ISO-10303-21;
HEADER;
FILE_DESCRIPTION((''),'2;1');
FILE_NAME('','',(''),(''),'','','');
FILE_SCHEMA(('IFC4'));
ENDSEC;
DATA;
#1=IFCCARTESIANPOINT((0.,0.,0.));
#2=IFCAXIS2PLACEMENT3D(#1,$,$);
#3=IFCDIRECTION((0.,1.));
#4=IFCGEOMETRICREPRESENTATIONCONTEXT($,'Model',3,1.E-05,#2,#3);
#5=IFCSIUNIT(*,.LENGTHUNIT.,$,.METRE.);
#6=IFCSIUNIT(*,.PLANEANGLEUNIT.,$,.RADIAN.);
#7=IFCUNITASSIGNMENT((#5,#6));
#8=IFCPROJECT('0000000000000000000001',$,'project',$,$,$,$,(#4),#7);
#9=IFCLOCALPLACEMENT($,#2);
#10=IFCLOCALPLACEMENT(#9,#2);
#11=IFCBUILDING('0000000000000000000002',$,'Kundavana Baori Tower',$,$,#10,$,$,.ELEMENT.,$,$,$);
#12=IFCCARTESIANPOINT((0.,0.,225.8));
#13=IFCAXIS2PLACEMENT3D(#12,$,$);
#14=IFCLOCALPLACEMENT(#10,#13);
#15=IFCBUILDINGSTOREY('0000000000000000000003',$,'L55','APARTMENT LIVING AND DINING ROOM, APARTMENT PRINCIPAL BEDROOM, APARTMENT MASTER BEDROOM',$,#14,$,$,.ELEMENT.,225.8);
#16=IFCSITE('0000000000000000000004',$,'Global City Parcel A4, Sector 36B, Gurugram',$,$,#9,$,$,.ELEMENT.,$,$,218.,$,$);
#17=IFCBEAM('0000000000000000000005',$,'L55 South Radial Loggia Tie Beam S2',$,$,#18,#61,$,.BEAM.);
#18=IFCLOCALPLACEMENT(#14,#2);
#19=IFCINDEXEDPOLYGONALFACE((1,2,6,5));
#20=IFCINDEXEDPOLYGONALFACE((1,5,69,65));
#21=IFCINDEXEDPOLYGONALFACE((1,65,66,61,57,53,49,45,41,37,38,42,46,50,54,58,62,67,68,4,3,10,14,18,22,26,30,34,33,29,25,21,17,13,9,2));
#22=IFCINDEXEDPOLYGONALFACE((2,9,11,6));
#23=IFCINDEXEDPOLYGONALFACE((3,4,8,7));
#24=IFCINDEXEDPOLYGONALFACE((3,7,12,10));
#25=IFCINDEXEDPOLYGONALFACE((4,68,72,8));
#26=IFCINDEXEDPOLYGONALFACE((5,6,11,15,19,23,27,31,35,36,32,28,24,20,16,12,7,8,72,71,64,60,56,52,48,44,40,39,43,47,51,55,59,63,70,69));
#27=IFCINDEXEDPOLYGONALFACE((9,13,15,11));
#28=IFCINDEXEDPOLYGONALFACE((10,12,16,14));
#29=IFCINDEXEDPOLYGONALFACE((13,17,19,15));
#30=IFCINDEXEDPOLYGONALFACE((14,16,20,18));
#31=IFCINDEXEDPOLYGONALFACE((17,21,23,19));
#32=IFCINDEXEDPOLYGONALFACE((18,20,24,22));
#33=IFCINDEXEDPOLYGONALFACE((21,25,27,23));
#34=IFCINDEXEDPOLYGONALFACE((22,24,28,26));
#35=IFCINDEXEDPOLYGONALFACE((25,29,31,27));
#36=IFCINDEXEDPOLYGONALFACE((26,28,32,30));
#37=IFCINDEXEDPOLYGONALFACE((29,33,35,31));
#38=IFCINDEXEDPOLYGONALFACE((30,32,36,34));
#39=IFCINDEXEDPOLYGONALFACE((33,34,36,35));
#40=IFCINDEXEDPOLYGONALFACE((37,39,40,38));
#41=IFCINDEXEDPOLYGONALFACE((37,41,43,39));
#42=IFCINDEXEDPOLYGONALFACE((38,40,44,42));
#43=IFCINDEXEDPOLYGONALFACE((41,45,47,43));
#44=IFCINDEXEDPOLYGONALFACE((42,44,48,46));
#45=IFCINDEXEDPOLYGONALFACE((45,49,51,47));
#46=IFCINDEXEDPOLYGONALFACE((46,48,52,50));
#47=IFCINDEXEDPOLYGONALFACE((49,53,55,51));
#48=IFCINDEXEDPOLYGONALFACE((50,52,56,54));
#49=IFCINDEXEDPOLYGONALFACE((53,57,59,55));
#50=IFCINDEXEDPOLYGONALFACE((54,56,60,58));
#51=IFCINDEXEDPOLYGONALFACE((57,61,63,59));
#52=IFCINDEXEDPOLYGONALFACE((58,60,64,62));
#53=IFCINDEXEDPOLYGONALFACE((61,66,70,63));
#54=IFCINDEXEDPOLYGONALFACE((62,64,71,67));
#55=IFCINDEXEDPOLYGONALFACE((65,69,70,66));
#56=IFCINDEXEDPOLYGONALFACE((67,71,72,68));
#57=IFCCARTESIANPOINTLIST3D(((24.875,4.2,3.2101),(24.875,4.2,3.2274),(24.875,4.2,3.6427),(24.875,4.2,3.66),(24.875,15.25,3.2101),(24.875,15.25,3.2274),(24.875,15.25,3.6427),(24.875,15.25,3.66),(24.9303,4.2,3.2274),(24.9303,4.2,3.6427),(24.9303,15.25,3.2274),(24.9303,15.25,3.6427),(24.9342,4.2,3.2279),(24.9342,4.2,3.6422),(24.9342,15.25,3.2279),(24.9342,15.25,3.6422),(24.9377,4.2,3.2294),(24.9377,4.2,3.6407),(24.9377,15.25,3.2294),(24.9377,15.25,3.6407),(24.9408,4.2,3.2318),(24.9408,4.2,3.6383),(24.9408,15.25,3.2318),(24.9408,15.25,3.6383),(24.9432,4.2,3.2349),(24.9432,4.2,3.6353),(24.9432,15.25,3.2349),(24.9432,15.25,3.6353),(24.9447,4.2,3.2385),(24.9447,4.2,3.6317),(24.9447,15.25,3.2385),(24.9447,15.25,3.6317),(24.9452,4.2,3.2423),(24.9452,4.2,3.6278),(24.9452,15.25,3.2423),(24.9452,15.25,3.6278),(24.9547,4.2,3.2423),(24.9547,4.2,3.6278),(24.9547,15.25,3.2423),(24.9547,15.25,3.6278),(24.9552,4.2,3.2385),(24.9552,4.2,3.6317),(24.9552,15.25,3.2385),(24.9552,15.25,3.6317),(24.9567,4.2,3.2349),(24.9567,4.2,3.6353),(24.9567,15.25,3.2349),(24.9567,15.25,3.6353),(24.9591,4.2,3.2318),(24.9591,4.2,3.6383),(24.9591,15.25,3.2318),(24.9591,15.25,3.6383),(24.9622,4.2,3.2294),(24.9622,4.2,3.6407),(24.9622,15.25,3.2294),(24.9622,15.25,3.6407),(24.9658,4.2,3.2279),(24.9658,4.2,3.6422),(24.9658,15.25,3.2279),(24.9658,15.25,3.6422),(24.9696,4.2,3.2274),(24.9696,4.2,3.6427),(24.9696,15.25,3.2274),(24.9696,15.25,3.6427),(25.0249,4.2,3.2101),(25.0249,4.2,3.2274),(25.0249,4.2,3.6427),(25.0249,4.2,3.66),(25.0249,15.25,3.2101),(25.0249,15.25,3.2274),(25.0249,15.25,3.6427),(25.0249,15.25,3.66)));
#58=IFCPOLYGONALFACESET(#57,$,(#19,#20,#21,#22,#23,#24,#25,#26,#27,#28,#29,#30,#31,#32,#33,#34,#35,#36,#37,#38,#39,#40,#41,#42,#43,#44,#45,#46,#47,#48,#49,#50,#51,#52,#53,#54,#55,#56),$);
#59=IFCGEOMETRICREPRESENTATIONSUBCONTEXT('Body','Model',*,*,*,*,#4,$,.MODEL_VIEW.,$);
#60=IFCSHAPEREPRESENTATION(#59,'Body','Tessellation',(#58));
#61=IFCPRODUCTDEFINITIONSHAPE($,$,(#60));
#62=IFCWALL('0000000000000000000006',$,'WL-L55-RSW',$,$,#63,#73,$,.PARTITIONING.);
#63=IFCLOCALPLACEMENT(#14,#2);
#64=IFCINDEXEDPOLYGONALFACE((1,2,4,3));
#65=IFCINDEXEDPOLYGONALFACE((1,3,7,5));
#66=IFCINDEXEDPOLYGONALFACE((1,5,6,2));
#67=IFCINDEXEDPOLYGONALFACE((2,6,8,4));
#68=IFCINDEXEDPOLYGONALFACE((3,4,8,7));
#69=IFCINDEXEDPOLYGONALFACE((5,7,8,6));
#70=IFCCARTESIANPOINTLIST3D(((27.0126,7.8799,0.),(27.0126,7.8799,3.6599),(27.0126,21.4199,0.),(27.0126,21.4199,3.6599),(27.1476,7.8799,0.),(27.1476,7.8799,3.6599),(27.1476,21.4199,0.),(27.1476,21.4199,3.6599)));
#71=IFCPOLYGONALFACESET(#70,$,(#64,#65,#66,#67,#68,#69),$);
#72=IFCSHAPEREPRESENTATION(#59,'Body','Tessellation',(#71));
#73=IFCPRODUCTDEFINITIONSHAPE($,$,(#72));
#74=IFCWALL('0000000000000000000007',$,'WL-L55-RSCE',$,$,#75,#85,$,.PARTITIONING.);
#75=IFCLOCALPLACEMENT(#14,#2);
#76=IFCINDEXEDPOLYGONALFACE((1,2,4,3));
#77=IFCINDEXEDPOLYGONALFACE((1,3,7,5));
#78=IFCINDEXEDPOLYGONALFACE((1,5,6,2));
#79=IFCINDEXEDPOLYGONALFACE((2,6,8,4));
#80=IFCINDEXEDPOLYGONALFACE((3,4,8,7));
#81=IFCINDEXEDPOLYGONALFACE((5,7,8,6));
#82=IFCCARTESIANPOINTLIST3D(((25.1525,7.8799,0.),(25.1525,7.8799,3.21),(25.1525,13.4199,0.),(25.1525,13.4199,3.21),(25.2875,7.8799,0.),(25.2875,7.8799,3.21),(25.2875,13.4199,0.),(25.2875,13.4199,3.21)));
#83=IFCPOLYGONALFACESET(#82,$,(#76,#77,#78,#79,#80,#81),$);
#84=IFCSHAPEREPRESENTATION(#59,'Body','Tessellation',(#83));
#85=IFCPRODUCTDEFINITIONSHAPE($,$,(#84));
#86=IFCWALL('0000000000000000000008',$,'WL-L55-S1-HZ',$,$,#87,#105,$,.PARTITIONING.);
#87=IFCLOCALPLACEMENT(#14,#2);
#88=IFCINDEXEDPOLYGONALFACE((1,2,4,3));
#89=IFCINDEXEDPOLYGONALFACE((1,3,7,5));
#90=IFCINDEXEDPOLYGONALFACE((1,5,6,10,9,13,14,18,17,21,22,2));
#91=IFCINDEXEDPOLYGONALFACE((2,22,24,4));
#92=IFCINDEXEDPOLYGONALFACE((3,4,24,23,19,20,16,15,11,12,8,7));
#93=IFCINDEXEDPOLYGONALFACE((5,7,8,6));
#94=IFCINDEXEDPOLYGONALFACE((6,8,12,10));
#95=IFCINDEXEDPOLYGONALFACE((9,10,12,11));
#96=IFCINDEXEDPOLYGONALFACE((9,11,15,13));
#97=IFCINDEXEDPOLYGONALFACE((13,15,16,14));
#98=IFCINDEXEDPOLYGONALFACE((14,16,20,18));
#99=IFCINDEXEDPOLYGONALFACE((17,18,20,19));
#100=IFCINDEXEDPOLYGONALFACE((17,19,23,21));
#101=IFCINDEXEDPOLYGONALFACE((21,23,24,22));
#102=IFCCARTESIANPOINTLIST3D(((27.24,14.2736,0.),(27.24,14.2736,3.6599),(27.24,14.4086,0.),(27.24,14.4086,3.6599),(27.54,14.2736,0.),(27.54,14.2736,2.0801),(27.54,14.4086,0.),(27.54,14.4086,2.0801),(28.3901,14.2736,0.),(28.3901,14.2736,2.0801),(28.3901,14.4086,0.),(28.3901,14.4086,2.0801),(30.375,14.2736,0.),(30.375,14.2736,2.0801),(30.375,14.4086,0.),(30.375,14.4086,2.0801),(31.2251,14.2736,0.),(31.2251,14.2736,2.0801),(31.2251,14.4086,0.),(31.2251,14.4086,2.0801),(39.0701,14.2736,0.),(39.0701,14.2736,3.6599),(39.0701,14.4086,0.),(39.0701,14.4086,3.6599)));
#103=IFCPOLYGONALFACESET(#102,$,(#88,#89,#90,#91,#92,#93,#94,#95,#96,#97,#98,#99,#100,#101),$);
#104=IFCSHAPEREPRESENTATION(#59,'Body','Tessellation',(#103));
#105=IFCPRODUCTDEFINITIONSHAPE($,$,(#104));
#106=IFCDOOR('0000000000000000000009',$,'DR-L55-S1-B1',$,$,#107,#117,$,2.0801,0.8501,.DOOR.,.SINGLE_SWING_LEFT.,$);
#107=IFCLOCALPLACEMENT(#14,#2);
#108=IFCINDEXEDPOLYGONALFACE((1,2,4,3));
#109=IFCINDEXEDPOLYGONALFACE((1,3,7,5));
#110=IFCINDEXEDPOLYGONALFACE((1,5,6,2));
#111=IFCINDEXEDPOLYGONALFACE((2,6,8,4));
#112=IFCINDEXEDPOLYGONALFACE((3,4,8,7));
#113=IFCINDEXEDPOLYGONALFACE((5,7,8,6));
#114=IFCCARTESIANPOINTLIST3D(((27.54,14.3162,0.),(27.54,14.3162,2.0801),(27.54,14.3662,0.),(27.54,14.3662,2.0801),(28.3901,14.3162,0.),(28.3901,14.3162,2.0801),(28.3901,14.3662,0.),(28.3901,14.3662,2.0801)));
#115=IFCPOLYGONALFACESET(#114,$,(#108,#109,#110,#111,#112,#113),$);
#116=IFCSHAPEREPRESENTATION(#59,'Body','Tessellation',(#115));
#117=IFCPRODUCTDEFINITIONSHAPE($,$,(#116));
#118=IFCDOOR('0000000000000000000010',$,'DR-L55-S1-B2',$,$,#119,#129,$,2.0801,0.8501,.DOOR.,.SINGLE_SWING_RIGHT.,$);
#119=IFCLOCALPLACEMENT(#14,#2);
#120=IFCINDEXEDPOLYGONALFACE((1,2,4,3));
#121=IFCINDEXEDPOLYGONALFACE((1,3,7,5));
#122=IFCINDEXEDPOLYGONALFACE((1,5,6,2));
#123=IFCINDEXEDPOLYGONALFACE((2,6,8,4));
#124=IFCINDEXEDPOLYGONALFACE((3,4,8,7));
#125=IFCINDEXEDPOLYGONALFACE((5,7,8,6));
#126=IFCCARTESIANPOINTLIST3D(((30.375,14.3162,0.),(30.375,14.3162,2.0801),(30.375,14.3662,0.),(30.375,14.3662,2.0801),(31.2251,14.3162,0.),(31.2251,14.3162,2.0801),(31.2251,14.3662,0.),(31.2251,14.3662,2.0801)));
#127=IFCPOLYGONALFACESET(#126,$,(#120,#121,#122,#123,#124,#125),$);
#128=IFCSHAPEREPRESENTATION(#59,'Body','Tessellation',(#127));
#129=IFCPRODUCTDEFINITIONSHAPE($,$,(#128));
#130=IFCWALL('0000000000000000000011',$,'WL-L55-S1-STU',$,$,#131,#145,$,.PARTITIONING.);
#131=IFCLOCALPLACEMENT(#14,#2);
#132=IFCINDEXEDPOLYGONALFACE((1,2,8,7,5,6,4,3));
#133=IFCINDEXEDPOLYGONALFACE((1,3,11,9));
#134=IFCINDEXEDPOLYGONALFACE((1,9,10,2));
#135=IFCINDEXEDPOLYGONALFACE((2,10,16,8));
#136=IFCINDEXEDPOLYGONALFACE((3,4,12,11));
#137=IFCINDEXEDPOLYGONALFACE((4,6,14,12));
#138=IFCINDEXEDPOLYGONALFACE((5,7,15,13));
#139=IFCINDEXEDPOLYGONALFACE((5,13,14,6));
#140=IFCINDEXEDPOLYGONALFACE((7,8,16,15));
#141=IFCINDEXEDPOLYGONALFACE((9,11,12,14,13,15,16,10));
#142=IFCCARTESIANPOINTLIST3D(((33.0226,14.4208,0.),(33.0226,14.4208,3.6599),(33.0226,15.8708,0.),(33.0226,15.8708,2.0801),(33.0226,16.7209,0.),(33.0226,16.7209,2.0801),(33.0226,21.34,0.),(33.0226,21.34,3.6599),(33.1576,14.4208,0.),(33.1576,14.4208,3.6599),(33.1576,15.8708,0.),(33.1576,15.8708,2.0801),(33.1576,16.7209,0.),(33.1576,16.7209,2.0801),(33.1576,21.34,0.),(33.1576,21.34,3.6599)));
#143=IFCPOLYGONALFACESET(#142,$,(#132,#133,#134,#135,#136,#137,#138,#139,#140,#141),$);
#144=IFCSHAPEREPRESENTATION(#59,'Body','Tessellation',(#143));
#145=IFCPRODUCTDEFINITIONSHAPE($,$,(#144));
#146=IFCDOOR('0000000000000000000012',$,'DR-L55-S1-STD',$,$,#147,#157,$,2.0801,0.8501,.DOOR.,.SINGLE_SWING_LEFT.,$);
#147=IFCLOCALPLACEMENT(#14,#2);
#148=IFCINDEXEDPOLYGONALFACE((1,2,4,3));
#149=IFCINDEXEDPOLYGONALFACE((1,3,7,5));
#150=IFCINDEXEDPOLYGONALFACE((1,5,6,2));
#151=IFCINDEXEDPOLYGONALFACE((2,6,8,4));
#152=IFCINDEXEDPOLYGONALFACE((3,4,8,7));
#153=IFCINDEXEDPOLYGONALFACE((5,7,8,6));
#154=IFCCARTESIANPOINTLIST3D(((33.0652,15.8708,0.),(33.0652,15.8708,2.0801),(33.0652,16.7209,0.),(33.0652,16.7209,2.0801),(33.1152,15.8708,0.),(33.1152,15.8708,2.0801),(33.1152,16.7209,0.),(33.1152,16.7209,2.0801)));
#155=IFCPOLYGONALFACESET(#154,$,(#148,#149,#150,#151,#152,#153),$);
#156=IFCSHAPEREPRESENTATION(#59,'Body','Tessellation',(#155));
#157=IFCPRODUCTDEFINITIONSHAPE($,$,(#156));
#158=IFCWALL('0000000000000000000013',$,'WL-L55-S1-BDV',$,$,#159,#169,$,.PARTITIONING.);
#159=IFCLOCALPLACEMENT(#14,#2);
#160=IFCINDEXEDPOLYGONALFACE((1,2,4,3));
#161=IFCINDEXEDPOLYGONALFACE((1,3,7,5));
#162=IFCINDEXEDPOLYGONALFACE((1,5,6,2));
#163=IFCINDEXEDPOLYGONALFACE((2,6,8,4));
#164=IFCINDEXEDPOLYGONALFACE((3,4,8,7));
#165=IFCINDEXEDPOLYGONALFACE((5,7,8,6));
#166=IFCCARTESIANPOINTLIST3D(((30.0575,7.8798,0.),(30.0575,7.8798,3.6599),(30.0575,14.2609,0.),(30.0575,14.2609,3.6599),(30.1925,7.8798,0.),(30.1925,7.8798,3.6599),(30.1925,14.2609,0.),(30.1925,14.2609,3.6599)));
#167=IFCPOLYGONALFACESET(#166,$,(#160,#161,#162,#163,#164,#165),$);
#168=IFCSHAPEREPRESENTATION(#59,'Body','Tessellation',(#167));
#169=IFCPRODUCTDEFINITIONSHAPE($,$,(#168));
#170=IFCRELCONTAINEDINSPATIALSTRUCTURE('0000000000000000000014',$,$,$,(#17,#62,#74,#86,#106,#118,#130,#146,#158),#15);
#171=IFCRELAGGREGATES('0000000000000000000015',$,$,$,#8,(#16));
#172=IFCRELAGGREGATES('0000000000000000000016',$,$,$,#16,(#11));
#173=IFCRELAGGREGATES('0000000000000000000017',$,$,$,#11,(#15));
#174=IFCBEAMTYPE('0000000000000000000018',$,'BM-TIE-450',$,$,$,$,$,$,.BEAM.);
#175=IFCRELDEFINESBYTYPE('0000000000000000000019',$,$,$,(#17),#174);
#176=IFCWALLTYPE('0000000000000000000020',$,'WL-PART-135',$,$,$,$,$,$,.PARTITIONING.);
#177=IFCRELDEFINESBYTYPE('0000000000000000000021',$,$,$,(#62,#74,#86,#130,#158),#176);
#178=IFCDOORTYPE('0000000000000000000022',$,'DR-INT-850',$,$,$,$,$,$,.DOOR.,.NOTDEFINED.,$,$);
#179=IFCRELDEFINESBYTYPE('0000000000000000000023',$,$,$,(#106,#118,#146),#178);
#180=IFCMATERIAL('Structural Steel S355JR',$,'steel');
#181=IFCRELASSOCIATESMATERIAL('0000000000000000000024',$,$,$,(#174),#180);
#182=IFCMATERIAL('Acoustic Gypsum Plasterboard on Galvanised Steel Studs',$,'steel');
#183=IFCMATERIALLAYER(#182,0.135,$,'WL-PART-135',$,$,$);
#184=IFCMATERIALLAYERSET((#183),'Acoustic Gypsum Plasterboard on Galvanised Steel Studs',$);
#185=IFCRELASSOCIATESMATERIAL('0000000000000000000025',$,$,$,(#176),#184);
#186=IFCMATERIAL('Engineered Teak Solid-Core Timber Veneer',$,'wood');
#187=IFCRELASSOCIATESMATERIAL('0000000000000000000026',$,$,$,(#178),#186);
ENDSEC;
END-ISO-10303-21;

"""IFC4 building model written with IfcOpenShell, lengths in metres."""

from ifc_helpers import new_model, si_unit, direction, frame, frame_2d, origin, origin_2d, place, context, subcontext, project, spatial, rectangle, i_section, extrude, material, layer, layer_set, material_profile, profile_set, type_object, element, fill, save


model = new_model("IFC4")

# Units and contexts
model_context = context("Model", 3, precision=1e-05, world=origin(), true_north=direction((0.0, 1.0)))
body_context = subcontext(model_context, "Body", "Model", "MODEL_VIEW")
ifc_project = project(units=[si_unit("LENGTHUNIT", "METRE"), si_unit("PLANEANGLEUNIT", "RADIAN")], contexts=[model_context])

# Site, building, storey
site_placement = place(None, origin())
site = spatial("IfcSite", under=ifc_project, at=site_placement, Name="Global City Parcel A4, Sector 36B, Gurugram", CompositionType="ELEMENT", RefElevation=218.0)
building_placement = place(site_placement, origin())
building = spatial("IfcBuilding", under=site, at=building_placement, Name="Kundavana Baori Tower", CompositionType="ELEMENT")
storey_placement = place(building_placement, frame((0.0, 0.0, 225.8)))
storey = spatial("IfcBuildingStorey", under=building, at=storey_placement, Name="L55", Description="APARTMENT LIVING AND DINING ROOM, APARTMENT PRINCIPAL BEDROOM, APARTMENT MASTER BEDROOM", CompositionType="ELEMENT", Elevation=225.8)

# Beam
ifc_material_1 = material(Name="Structural Steel S355JR", Category="steel")
ifc_material_profile_1 = material_profile(ifc_material_1, i_section(OverallWidth=0.1499, OverallDepth=0.45, WebThickness=0.0095, FlangeThickness=0.0173, FilletRadius=0.0149, at=origin_2d()), Name="ISMB 450")
ifc_profile_set_1 = profile_set([ifc_material_profile_1], Name="Structural Steel S355JR")
beam_type_1 = type_object("IfcBeamType", Name="BM-TIE-450", PredefinedType="BEAM", material=ifc_profile_set_1)
beam_1_placement = place(storey_placement, frame((24.95, 15.25, 3.4351), z_axis=(0.0, -1.0, 0.0), x_axis=(1.0, 0.0, 0.0)))
element("IfcBeam", 1, at=beam_1_placement, inside=storey, type_object=beam_type_1, Name="L55 South Radial Loggia Tie Beam S2", PredefinedType="BEAM", context=body_context, shape_type="SweptSolid", body=[
    extrude(i_section(OverallWidth=0.1499, OverallDepth=0.45, WebThickness=0.0095, FlangeThickness=0.0173, FilletRadius=0.0149, at=origin_2d()), origin(), (0.0, 0.0, 1.0), 11.05),
])

# Walls
ifc_material_2 = material(Name="Acoustic Gypsum Plasterboard on Galvanised Steel Studs", Category="steel")
ifc_layer = layer(ifc_material_2, 0.135, Name="WL-PART-135")
ifc_layer_set = layer_set([ifc_layer], Name="Acoustic Gypsum Plasterboard on Galvanised Steel Studs")
wall_type = type_object("IfcWallType", Name="WL-PART-135", PredefinedType="PARTITIONING", material=ifc_layer_set)
wall_1_placement = place(storey_placement, frame((27.0801, 7.8799, 0.0), z_axis=(0.0, 0.0, 1.0), x_axis=(0.0, 1.0, 0.0)))
element("IfcWall", 2, at=wall_1_placement, inside=storey, type_object=wall_type, Name="WL-L55-RSW", PredefinedType="PARTITIONING", context=body_context, shape_type="SweptSolid", body=[
    extrude(rectangle(XDim=13.54, YDim=0.135, at=frame_2d((6.77, 0.0))), origin(), (0.0, 0.0, 1.0), 3.6599),
])
wall_2_placement = place(storey_placement, frame((25.22, 7.8799, 0.0), z_axis=(0.0, 0.0, 1.0), x_axis=(0.0, 1.0, 0.0)))
element("IfcWall", 3, at=wall_2_placement, inside=storey, type_object=wall_type, Name="WL-L55-RSCE", PredefinedType="PARTITIONING", context=body_context, shape_type="SweptSolid", body=[
    extrude(rectangle(XDim=5.54, YDim=0.135, at=frame_2d((2.77, 0.0))), origin(), (0.0, 0.0, 1.0), 3.21),
])

# Wall, openings, doors
wall_3_placement = place(storey_placement, frame((27.24, 14.3411, 0.0), z_axis=(0.0, 0.0, 1.0), x_axis=(1.0, 0.0, 0.0)))
wall_3 = element("IfcWall", 4, at=wall_3_placement, inside=storey, type_object=wall_type, Name="WL-L55-S1-HZ", PredefinedType="PARTITIONING", context=body_context, shape_type="SweptSolid", body=[
    extrude(rectangle(XDim=11.8301, YDim=0.135, at=frame_2d((5.915, 0.0))), origin(), (0.0, 0.0, 1.0), 3.6599),
])
opening_1_placement = place(wall_3_placement, frame((0.3, 0.0, 0.0)))
opening_1 = element("IfcOpeningElement", 5, at=opening_1_placement, cuts=wall_3, PredefinedType="OPENING", context=body_context, shape_type="SweptSolid", body=[
    extrude(rectangle(XDim=0.8501, YDim=2.0801, at=frame_2d((0.425, 1.04))), frame((0.0, 0.0776, 0.0), z_axis=(0.0, -1.0, 0.0), x_axis=(1.0, 0.0, 0.0)), (0.0, 0.0, 1.0), 0.155),
])
opening_2_placement = place(wall_3_placement, frame((3.135, 0.0, 0.0)))
opening_2 = element("IfcOpeningElement", 6, at=opening_2_placement, cuts=wall_3, PredefinedType="OPENING", context=body_context, shape_type="SweptSolid", body=[
    extrude(rectangle(XDim=0.8501, YDim=2.0801, at=frame_2d((0.425, 1.04))), frame((0.0, 0.0776, 0.0), z_axis=(0.0, -1.0, 0.0), x_axis=(1.0, 0.0, 0.0)), (0.0, 0.0, 1.0), 0.155),
])
ifc_material_3 = material(Name="Engineered Teak Solid-Core Timber Veneer", Category="wood")
door_type = type_object("IfcDoorType", Name="DR-INT-850", OperationType="NOTDEFINED", PredefinedType="DOOR", material=ifc_material_3)
door_1_placement = place(opening_1_placement, frame((0.8501, 0.0, 0.0), z_axis=(0.0, 0.0, 1.0), x_axis=(-1.0, 0.0, 0.0)))
door_1 = element("IfcDoor", 7, at=door_1_placement, inside=storey, type_object=door_type, Name="DR-L55-S1-B1", OperationType="SINGLE_SWING_LEFT", OverallHeight=2.0801, OverallWidth=0.8501, PredefinedType="DOOR", context=body_context, shape_type="SweptSolid", body=[
    extrude(rectangle(XDim=0.8501, YDim=2.0801, at=frame_2d((0.425, 1.04))), frame((0.0, 0.0249, 0.0), z_axis=(0.0, -1.0, 0.0), x_axis=(1.0, 0.0, 0.0)), (0.0, 0.0, 1.0), 0.05),
])
fill(opening_1, door_1)
door_2_placement = place(opening_2_placement, frame((0.8501, 0.0, 0.0), z_axis=(0.0, 0.0, 1.0), x_axis=(-1.0, 0.0, 0.0)))
door_2 = element("IfcDoor", 8, at=door_2_placement, inside=storey, type_object=door_type, Name="DR-L55-S1-B2", OperationType="SINGLE_SWING_RIGHT", OverallHeight=2.0801, OverallWidth=0.8501, PredefinedType="DOOR", context=body_context, shape_type="SweptSolid", body=[
    extrude(rectangle(XDim=0.8501, YDim=2.0801, at=frame_2d((0.425, 1.04))), frame((0.0, 0.0249, 0.0), z_axis=(0.0, -1.0, 0.0), x_axis=(1.0, 0.0, 0.0)), (0.0, 0.0, 1.0), 0.05),
])
fill(opening_2, door_2)

# Wall, opening, door
wall_4_placement = place(storey_placement, frame((33.0901, 14.4209, 0.0), z_axis=(0.0, 0.0, 1.0), x_axis=(0.0, 1.0, 0.0)))
wall_4 = element("IfcWall", 9, at=wall_4_placement, inside=storey, type_object=wall_type, Name="WL-L55-S1-STU", PredefinedType="PARTITIONING", context=body_context, shape_type="SweptSolid", body=[
    extrude(rectangle(XDim=6.9192, YDim=0.135, at=frame_2d((3.4595, 0.0))), origin(), (0.0, 0.0, 1.0), 3.6599),
])
opening_3_placement = place(wall_4_placement, frame((1.45, 0.0, 0.0)))
opening_3 = element("IfcOpeningElement", 10, at=opening_3_placement, cuts=wall_4, PredefinedType="OPENING", context=body_context, shape_type="SweptSolid", body=[
    extrude(rectangle(XDim=0.8501, YDim=2.0801, at=frame_2d((0.425, 1.04))), frame((0.0, 0.0776, 0.0), z_axis=(0.0, -1.0, 0.0), x_axis=(1.0, 0.0, 0.0)), (0.0, 0.0, 1.0), 0.155),
])
door_3_placement = place(opening_3_placement, origin())
door_3 = element("IfcDoor", 11, at=door_3_placement, inside=storey, type_object=door_type, Name="DR-L55-S1-STD", OperationType="SINGLE_SWING_LEFT", OverallHeight=2.0801, OverallWidth=0.8501, PredefinedType="DOOR", context=body_context, shape_type="SweptSolid", body=[
    extrude(rectangle(XDim=0.8501, YDim=2.0801, at=frame_2d((0.425, 1.04))), frame((0.0, 0.0249, 0.0), z_axis=(0.0, -1.0, 0.0), x_axis=(1.0, 0.0, 0.0)), (0.0, 0.0, 1.0), 0.05),
])
fill(opening_3, door_3)

# Wall
wall_5_placement = place(storey_placement, frame((30.125, 7.8799, 0.0), z_axis=(0.0, 0.0, 1.0), x_axis=(0.0, 1.0, 0.0)))
element("IfcWall", 12, at=wall_5_placement, inside=storey, type_object=wall_type, Name="WL-L55-S1-BDV", PredefinedType="PARTITIONING", context=body_context, shape_type="SweptSolid", body=[
    extrude(rectangle(XDim=6.3811, YDim=0.135, at=frame_2d((3.1904, 0.0))), origin(), (0.0, 0.0, 1.0), 3.6599),
])

save(model, "model.ifc")
